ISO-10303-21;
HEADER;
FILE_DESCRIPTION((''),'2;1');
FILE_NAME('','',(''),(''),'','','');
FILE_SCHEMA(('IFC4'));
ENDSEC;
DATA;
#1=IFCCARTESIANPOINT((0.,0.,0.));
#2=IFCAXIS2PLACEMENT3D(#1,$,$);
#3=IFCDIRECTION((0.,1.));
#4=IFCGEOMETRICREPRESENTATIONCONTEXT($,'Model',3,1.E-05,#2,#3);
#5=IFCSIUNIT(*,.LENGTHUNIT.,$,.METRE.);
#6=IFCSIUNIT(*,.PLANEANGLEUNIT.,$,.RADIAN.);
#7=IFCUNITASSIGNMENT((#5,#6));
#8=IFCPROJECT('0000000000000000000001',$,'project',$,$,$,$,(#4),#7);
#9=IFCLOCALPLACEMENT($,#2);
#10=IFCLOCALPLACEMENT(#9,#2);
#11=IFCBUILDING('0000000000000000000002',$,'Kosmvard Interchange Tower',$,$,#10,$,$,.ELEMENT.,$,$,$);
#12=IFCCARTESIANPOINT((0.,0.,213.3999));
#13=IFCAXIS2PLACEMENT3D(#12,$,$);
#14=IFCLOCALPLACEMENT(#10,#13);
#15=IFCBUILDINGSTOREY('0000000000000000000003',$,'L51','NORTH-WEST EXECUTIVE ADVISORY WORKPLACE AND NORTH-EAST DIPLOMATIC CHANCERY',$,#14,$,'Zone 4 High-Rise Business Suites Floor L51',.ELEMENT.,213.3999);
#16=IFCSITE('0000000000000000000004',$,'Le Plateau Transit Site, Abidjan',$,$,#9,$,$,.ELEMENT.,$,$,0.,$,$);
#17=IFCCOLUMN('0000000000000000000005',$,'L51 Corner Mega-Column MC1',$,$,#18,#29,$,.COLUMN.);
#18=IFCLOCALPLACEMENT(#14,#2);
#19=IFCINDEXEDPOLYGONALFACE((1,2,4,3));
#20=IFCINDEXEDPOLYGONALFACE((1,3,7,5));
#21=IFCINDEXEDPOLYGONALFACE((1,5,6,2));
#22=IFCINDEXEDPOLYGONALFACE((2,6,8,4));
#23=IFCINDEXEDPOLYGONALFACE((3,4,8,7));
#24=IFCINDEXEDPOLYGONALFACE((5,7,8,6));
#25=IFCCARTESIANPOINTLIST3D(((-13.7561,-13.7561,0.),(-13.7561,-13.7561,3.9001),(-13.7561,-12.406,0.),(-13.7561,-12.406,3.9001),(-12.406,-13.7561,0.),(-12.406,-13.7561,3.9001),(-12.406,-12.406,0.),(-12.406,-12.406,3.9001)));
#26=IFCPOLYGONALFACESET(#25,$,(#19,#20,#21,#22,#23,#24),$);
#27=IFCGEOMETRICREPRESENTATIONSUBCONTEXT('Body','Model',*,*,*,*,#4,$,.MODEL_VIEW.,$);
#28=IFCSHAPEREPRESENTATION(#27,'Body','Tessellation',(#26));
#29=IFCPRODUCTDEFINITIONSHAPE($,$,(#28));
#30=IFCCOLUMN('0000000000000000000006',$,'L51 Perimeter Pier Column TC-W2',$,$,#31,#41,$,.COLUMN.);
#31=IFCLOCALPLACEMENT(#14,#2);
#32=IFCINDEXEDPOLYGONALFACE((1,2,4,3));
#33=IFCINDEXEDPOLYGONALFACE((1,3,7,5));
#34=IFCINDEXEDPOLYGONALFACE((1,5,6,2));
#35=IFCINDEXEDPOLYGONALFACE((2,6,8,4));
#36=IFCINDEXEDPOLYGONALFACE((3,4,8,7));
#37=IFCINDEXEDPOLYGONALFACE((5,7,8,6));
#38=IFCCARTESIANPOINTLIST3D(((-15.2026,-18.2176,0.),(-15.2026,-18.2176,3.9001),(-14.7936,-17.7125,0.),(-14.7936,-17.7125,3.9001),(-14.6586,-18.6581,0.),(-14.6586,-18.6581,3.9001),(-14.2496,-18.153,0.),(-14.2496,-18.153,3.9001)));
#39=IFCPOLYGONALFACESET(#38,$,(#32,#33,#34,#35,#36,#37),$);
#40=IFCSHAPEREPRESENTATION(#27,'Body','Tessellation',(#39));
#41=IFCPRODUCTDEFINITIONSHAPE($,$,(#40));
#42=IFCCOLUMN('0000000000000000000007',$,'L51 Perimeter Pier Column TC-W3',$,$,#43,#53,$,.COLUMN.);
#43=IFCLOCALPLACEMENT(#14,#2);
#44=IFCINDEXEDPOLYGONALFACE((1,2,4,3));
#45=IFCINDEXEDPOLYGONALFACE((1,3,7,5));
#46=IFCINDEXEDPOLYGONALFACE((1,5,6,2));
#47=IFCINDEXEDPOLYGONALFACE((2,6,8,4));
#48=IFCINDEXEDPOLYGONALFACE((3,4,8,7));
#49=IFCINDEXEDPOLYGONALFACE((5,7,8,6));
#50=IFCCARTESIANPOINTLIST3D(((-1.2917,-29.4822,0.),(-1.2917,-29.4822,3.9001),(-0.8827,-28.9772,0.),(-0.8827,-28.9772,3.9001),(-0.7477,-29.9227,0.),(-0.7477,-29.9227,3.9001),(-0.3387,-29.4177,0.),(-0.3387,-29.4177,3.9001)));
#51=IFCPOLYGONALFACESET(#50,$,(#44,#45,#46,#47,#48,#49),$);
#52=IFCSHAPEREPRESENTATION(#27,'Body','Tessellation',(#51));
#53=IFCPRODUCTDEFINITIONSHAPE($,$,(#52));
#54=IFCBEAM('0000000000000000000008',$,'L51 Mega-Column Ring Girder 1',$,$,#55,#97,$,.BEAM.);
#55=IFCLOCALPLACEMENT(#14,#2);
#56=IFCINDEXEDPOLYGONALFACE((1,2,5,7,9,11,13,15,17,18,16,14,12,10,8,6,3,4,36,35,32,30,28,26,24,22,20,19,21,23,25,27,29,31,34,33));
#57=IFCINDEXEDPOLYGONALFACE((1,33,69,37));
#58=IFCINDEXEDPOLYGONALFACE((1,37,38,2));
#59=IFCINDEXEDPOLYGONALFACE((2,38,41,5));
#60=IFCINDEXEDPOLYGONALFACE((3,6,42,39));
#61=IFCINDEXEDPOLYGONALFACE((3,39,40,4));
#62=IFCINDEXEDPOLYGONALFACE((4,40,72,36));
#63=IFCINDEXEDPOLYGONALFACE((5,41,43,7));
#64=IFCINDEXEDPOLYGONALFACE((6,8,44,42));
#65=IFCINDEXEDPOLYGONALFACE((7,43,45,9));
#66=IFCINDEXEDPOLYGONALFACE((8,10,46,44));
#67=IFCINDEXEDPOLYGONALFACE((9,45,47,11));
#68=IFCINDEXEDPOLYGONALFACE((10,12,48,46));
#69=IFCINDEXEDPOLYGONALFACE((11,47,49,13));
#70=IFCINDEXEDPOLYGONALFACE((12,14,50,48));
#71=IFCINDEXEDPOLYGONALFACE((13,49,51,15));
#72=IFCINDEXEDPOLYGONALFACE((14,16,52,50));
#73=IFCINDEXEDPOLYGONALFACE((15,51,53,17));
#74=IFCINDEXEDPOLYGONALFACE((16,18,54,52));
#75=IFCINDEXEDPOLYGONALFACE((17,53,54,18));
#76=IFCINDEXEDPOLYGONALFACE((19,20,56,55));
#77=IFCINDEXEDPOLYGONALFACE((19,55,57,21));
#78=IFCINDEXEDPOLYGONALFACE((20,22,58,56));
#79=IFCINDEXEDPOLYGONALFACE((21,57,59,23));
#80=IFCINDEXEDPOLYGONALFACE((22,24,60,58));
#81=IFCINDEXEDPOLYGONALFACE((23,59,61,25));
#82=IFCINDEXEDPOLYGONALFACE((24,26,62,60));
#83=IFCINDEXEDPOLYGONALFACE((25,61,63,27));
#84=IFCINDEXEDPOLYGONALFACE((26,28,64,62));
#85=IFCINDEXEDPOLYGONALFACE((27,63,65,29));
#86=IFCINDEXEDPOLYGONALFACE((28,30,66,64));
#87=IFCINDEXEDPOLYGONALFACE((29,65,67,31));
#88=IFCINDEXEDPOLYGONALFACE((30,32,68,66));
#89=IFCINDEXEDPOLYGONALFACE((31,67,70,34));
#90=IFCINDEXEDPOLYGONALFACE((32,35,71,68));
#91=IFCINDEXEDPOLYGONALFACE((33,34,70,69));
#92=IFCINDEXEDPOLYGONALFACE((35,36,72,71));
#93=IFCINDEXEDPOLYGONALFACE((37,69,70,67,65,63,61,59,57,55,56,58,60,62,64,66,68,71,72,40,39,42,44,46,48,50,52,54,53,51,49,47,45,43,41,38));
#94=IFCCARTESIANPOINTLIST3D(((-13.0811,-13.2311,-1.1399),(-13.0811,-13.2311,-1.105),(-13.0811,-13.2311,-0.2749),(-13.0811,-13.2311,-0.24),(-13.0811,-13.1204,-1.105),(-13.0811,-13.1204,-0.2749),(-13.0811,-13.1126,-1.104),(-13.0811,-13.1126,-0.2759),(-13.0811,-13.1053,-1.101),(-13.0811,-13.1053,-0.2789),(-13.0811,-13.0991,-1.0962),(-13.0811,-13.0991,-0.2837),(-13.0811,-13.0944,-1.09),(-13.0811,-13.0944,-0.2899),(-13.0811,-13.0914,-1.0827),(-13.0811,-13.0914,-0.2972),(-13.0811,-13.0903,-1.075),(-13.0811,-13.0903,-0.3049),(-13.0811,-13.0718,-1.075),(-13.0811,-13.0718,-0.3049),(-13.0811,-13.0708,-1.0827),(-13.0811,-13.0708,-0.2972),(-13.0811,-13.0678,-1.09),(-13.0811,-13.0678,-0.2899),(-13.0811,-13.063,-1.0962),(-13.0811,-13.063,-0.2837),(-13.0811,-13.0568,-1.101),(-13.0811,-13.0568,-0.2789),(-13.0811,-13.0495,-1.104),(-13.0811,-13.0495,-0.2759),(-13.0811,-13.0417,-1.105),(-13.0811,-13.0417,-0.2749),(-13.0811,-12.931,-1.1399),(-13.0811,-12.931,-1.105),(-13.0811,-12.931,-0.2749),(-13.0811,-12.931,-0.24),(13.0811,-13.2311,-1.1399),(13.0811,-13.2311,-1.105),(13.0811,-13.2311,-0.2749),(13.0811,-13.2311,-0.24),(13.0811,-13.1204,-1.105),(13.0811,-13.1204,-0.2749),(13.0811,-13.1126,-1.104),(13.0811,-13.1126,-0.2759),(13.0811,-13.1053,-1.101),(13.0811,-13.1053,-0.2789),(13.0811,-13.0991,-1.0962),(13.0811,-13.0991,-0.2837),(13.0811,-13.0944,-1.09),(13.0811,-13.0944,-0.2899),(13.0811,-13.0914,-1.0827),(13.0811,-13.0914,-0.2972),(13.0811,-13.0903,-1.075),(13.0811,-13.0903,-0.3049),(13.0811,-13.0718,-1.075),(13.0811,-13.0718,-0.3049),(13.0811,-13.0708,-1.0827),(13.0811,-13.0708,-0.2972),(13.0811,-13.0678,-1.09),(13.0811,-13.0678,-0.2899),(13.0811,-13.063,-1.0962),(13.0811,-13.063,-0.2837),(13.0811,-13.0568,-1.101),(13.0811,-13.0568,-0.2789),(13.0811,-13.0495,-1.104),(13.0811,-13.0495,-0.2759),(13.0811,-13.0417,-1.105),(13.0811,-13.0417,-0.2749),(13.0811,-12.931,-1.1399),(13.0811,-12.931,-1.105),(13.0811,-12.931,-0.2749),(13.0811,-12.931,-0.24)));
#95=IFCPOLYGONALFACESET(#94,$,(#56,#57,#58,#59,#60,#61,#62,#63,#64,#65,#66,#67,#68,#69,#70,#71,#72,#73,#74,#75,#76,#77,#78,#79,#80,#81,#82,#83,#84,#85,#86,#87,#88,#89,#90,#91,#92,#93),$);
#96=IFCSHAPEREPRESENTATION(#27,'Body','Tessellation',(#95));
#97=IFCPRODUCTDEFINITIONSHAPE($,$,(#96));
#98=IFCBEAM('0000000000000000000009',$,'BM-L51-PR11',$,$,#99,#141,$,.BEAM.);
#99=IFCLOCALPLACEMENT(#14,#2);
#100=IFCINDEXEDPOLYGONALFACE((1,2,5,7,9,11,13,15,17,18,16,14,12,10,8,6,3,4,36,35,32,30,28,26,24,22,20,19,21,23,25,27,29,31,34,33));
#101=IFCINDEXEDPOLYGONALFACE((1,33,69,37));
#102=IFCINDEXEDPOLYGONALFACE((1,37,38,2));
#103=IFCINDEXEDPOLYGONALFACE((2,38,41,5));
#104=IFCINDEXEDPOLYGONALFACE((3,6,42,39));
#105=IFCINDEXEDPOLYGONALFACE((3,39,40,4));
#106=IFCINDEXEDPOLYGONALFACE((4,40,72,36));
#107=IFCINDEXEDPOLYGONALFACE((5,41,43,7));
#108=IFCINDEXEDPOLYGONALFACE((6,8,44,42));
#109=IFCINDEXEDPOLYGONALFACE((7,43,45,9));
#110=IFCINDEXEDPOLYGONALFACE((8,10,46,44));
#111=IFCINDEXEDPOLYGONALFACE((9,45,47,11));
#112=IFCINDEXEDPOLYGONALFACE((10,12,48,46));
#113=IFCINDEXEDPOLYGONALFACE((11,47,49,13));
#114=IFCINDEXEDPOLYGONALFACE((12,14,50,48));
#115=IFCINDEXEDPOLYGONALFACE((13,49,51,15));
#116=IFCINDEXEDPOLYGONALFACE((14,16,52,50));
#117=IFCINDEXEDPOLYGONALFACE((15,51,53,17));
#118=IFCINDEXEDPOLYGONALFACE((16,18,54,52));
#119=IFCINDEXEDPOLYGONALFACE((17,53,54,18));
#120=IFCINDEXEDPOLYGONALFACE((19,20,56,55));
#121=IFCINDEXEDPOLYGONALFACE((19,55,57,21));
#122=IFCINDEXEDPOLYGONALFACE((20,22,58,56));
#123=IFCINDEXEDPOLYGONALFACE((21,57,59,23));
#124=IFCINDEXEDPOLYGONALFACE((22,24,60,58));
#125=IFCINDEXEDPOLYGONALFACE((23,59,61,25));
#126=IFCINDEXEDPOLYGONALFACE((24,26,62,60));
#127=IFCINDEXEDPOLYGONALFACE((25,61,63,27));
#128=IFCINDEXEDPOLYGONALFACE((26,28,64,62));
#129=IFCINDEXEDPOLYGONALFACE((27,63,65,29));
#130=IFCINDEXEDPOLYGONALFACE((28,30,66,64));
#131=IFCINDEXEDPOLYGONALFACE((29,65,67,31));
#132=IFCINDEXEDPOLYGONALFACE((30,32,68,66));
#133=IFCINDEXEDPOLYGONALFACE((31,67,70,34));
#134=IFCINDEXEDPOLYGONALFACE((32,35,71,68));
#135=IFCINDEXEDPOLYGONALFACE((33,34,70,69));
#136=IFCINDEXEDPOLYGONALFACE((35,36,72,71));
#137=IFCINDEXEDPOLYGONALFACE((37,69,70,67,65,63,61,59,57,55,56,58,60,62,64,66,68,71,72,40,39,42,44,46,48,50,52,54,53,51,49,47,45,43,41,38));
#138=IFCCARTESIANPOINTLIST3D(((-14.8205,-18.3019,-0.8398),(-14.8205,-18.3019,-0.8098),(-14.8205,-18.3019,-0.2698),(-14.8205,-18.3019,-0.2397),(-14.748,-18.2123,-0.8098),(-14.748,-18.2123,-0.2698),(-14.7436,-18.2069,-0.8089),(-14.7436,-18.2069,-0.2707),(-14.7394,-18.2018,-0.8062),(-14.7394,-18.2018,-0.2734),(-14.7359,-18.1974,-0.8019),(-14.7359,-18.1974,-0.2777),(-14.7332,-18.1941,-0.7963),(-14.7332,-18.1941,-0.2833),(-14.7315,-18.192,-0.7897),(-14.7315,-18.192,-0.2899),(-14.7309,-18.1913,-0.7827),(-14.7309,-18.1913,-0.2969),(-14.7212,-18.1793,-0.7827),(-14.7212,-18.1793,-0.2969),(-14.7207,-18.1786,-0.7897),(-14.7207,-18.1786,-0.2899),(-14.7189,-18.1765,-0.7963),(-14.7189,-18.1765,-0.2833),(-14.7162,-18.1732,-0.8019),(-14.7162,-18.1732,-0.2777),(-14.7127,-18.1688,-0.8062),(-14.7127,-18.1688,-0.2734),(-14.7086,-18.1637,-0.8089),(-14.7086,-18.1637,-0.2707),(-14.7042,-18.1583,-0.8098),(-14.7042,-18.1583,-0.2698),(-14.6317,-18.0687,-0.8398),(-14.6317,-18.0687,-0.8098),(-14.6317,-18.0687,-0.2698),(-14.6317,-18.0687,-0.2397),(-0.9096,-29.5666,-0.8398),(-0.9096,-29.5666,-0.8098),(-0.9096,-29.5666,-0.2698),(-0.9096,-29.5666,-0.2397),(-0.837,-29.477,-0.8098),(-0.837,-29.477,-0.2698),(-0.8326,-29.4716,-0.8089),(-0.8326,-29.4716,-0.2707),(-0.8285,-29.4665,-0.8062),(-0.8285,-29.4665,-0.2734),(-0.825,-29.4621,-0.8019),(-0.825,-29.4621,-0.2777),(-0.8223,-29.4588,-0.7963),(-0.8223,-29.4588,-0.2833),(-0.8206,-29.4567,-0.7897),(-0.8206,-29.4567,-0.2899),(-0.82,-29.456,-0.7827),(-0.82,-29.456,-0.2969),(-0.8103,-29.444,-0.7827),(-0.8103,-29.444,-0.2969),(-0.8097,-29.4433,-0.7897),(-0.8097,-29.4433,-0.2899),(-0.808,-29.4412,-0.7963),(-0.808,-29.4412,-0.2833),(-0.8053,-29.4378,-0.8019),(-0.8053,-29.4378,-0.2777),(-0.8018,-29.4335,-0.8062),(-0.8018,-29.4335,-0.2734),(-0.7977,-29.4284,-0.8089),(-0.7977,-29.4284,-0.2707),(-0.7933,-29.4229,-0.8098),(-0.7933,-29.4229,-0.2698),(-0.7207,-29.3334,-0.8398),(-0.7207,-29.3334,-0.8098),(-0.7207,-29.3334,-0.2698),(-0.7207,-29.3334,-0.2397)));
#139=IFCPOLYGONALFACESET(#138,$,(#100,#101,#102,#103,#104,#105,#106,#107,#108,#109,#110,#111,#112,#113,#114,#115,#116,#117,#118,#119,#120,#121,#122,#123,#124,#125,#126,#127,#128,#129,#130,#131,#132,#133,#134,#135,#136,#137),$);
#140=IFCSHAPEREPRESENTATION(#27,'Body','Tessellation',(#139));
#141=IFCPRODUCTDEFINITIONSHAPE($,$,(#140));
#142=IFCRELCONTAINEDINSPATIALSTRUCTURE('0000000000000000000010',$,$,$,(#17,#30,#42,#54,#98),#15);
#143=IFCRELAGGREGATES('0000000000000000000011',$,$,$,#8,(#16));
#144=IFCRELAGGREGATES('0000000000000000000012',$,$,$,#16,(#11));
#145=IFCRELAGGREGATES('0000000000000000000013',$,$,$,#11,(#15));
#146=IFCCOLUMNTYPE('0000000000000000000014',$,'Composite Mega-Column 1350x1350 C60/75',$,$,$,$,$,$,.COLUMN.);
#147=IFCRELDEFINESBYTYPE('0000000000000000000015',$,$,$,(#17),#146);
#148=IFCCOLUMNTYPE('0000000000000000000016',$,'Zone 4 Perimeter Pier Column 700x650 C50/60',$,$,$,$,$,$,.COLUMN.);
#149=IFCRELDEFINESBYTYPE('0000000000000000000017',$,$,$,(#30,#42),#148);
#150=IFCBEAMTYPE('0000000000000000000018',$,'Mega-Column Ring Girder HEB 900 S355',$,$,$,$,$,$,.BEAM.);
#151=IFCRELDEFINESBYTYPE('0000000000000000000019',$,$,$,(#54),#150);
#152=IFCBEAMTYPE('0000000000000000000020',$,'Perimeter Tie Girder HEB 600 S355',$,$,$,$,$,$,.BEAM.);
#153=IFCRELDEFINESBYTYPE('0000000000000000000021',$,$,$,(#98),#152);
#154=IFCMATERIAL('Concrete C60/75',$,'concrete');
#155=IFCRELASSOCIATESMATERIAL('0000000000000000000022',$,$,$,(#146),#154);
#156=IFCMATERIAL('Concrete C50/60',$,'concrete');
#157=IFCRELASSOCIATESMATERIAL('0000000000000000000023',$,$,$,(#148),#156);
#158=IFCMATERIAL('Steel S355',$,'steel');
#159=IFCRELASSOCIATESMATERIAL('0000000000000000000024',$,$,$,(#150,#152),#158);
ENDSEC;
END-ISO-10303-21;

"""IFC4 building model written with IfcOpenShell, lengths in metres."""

from ifc_helpers import new_model, si_unit, direction, frame, origin, origin_2d, place, context, subcontext, project, spatial, rectangle, i_section, extrude, source, transform, mapped, material, material_profile, profile_set, type_object, element, save


model = new_model("IFC4")

# Units and contexts
model_context = context("Model", 3, precision=1e-05, world=origin(), true_north=direction((0.0, 1.0)))
body_context = subcontext(model_context, "Body", "Model", "MODEL_VIEW")
ifc_project = project(units=[si_unit("LENGTHUNIT", "METRE"), si_unit("PLANEANGLEUNIT", "RADIAN")], contexts=[model_context])

# Site, building, storey
site_placement = place(None, origin())
site = spatial("IfcSite", under=ifc_project, at=site_placement, Name="Le Plateau Transit Site, Abidjan", CompositionType="ELEMENT", RefElevation=0.0)
building_placement = place(site_placement, origin())
building = spatial("IfcBuilding", under=site, at=building_placement, Name="Kosmvard Interchange Tower", CompositionType="ELEMENT")
storey_placement = place(building_placement, frame((0.0, 0.0, 213.3999)))
storey = spatial("IfcBuildingStorey", under=building, at=storey_placement, Name="L51", Description="NORTH-WEST EXECUTIVE ADVISORY WORKPLACE AND NORTH-EAST DIPLOMATIC CHANCERY", LongName="Zone 4 High-Rise Business Suites Floor L51", CompositionType="ELEMENT", Elevation=213.3999)

# Columns
ifc_material_1 = material(Name="Concrete C60/75", Category="concrete")
ifc_material_profile_1 = material_profile(ifc_material_1, rectangle(XDim=1.3501, YDim=1.3501, at=origin_2d()), Name="MC 1350x1350")
ifc_profile_set_1 = profile_set([ifc_material_profile_1], Name="Concrete C60/75")
column_type_1 = type_object("IfcColumnType", Name="Composite Mega-Column 1350x1350 C60/75", PredefinedType="COLUMN", material=ifc_profile_set_1)
shared_shape_1 = source(origin(), body_context, "Body", "SweptSolid", [
    extrude(rectangle(XDim=1.3501, YDim=1.3501, at=origin_2d()), origin(), (0.0, 0.0, 1.0), 3.9001),
])
column_placement = place(storey_placement, frame((-13.0811, -13.0811, 0.0), z_axis=(0.0, 0.0, 1.0), x_axis=(1.0, 0.0, 0.0)))
element("IfcColumn", 1, at=column_placement, inside=storey, type_object=column_type_1, Name="L51 Corner Mega-Column MC1", PredefinedType="COLUMN", context=body_context, shape_type="MappedRepresentation", body=[
    mapped(shared_shape_1, transform((0.0, 0.0, 0.0), scale=1.0)),
])
ifc_material_2 = material(Name="Concrete C50/60", Category="concrete")
ifc_material_profile_2 = material_profile(ifc_material_2, rectangle(XDim=0.6499, YDim=0.7, at=origin_2d()), Name="TC 700x650")
ifc_profile_set_2 = profile_set([ifc_material_profile_2], Name="Concrete C50/60")
column_type_2 = type_object("IfcColumnType", Name="Zone 4 Perimeter Pier Column 700x650 C50/60", PredefinedType="COLUMN", material=ifc_profile_set_2)
shared_shape_2 = source(origin(), body_context, "Body", "SweptSolid", [
    extrude(rectangle(XDim=0.6499, YDim=0.7, at=origin_2d()), origin(), (0.0, 0.0, 1.0), 3.9001),
])
for number, where, z_axis, x_axis, name in (
    (2, (-14.7261, -18.1853, 0.0), (0.0, 0.0, 1.0), (0.62932, 0.777146, 0.0), "L51 Perimeter Pier Column TC-W2"),
    (3, (-0.8152, -29.45, 0.0), (0.0, 0.0, 1.0), (0.62932, 0.777146, 0.0), "L51 Perimeter Pier Column TC-W3"),
):
    element("IfcColumn", number, at=place(storey_placement, frame(where, z_axis=z_axis, x_axis=x_axis)), inside=storey, type_object=column_type_2, Name=name, PredefinedType="COLUMN", context=body_context, shape_type="MappedRepresentation", body=[
        mapped(shared_shape_2, transform((0.0, 0.0, 0.0), scale=1.0)),
    ])

# Beams
ifc_material_3 = material(Name="Steel S355", Category="steel")
ifc_material_profile_3 = material_profile(ifc_material_3, i_section(OverallWidth=0.3, OverallDepth=0.8999, WebThickness=0.0186, FlangeThickness=0.0349, FilletRadius=0.03, at=origin_2d()), Name="HEB 900")
ifc_profile_set_3 = profile_set([ifc_material_profile_3], Name="Steel S355")
beam_type_1 = type_object("IfcBeamType", Name="Mega-Column Ring Girder HEB 900 S355", PredefinedType="BEAM", material=ifc_profile_set_3)
shared_shape_3 = source(origin(), body_context, "Body", "SweptSolid", [
    extrude(i_section(OverallWidth=0.3, OverallDepth=0.8999, WebThickness=0.0186, FlangeThickness=0.0349, FilletRadius=0.03, at=origin_2d()), origin(), (0.0, 0.0, 1.0), 26.1621),
])
beam_1_placement = place(storey_placement, frame((-13.0811, -13.0811, -0.6899), z_axis=(1.0, 0.0, 0.0), x_axis=(0.0, 1.0, 0.0)))
element("IfcBeam", 4, at=beam_1_placement, inside=storey, type_object=beam_type_1, Name="L51 Mega-Column Ring Girder 1", PredefinedType="BEAM", context=body_context, shape_type="MappedRepresentation", body=[
    mapped(shared_shape_3, transform((0.0, 0.0, 0.0), scale=1.0)),
])
ifc_material_profile_4 = material_profile(ifc_material_3, i_section(OverallWidth=0.3, OverallDepth=0.6001, WebThickness=0.0154, FlangeThickness=0.03, FilletRadius=0.0271, at=origin_2d()), Name="HEB 600")
ifc_profile_set_4 = profile_set([ifc_material_profile_4], Name="Steel S355")
beam_type_2 = type_object("IfcBeamType", Name="Perimeter Tie Girder HEB 600 S355", PredefinedType="BEAM", material=ifc_profile_set_4)
shared_shape_4 = source(origin(), body_context, "Body", "SweptSolid", [
    extrude(i_section(OverallWidth=0.3, OverallDepth=0.6001, WebThickness=0.0154, FlangeThickness=0.03, FilletRadius=0.0271, at=origin_2d()), origin(), (0.0, 0.0, 1.0), 17.8999),
])
beam_2_placement = place(storey_placement, frame((-14.7261, -18.1853, -0.5398), z_axis=(0.777151, -0.629315, 0.0), x_axis=(0.629315, 0.777151, 0.0)))
element("IfcBeam", 5, at=beam_2_placement, inside=storey, type_object=beam_type_2, Name="BM-L51-PR11", PredefinedType="BEAM", context=body_context, shape_type="MappedRepresentation", body=[
    mapped(shared_shape_4, transform((0.0, 0.0, 0.0), scale=1.0)),
])

save(model, "model.ifc")
